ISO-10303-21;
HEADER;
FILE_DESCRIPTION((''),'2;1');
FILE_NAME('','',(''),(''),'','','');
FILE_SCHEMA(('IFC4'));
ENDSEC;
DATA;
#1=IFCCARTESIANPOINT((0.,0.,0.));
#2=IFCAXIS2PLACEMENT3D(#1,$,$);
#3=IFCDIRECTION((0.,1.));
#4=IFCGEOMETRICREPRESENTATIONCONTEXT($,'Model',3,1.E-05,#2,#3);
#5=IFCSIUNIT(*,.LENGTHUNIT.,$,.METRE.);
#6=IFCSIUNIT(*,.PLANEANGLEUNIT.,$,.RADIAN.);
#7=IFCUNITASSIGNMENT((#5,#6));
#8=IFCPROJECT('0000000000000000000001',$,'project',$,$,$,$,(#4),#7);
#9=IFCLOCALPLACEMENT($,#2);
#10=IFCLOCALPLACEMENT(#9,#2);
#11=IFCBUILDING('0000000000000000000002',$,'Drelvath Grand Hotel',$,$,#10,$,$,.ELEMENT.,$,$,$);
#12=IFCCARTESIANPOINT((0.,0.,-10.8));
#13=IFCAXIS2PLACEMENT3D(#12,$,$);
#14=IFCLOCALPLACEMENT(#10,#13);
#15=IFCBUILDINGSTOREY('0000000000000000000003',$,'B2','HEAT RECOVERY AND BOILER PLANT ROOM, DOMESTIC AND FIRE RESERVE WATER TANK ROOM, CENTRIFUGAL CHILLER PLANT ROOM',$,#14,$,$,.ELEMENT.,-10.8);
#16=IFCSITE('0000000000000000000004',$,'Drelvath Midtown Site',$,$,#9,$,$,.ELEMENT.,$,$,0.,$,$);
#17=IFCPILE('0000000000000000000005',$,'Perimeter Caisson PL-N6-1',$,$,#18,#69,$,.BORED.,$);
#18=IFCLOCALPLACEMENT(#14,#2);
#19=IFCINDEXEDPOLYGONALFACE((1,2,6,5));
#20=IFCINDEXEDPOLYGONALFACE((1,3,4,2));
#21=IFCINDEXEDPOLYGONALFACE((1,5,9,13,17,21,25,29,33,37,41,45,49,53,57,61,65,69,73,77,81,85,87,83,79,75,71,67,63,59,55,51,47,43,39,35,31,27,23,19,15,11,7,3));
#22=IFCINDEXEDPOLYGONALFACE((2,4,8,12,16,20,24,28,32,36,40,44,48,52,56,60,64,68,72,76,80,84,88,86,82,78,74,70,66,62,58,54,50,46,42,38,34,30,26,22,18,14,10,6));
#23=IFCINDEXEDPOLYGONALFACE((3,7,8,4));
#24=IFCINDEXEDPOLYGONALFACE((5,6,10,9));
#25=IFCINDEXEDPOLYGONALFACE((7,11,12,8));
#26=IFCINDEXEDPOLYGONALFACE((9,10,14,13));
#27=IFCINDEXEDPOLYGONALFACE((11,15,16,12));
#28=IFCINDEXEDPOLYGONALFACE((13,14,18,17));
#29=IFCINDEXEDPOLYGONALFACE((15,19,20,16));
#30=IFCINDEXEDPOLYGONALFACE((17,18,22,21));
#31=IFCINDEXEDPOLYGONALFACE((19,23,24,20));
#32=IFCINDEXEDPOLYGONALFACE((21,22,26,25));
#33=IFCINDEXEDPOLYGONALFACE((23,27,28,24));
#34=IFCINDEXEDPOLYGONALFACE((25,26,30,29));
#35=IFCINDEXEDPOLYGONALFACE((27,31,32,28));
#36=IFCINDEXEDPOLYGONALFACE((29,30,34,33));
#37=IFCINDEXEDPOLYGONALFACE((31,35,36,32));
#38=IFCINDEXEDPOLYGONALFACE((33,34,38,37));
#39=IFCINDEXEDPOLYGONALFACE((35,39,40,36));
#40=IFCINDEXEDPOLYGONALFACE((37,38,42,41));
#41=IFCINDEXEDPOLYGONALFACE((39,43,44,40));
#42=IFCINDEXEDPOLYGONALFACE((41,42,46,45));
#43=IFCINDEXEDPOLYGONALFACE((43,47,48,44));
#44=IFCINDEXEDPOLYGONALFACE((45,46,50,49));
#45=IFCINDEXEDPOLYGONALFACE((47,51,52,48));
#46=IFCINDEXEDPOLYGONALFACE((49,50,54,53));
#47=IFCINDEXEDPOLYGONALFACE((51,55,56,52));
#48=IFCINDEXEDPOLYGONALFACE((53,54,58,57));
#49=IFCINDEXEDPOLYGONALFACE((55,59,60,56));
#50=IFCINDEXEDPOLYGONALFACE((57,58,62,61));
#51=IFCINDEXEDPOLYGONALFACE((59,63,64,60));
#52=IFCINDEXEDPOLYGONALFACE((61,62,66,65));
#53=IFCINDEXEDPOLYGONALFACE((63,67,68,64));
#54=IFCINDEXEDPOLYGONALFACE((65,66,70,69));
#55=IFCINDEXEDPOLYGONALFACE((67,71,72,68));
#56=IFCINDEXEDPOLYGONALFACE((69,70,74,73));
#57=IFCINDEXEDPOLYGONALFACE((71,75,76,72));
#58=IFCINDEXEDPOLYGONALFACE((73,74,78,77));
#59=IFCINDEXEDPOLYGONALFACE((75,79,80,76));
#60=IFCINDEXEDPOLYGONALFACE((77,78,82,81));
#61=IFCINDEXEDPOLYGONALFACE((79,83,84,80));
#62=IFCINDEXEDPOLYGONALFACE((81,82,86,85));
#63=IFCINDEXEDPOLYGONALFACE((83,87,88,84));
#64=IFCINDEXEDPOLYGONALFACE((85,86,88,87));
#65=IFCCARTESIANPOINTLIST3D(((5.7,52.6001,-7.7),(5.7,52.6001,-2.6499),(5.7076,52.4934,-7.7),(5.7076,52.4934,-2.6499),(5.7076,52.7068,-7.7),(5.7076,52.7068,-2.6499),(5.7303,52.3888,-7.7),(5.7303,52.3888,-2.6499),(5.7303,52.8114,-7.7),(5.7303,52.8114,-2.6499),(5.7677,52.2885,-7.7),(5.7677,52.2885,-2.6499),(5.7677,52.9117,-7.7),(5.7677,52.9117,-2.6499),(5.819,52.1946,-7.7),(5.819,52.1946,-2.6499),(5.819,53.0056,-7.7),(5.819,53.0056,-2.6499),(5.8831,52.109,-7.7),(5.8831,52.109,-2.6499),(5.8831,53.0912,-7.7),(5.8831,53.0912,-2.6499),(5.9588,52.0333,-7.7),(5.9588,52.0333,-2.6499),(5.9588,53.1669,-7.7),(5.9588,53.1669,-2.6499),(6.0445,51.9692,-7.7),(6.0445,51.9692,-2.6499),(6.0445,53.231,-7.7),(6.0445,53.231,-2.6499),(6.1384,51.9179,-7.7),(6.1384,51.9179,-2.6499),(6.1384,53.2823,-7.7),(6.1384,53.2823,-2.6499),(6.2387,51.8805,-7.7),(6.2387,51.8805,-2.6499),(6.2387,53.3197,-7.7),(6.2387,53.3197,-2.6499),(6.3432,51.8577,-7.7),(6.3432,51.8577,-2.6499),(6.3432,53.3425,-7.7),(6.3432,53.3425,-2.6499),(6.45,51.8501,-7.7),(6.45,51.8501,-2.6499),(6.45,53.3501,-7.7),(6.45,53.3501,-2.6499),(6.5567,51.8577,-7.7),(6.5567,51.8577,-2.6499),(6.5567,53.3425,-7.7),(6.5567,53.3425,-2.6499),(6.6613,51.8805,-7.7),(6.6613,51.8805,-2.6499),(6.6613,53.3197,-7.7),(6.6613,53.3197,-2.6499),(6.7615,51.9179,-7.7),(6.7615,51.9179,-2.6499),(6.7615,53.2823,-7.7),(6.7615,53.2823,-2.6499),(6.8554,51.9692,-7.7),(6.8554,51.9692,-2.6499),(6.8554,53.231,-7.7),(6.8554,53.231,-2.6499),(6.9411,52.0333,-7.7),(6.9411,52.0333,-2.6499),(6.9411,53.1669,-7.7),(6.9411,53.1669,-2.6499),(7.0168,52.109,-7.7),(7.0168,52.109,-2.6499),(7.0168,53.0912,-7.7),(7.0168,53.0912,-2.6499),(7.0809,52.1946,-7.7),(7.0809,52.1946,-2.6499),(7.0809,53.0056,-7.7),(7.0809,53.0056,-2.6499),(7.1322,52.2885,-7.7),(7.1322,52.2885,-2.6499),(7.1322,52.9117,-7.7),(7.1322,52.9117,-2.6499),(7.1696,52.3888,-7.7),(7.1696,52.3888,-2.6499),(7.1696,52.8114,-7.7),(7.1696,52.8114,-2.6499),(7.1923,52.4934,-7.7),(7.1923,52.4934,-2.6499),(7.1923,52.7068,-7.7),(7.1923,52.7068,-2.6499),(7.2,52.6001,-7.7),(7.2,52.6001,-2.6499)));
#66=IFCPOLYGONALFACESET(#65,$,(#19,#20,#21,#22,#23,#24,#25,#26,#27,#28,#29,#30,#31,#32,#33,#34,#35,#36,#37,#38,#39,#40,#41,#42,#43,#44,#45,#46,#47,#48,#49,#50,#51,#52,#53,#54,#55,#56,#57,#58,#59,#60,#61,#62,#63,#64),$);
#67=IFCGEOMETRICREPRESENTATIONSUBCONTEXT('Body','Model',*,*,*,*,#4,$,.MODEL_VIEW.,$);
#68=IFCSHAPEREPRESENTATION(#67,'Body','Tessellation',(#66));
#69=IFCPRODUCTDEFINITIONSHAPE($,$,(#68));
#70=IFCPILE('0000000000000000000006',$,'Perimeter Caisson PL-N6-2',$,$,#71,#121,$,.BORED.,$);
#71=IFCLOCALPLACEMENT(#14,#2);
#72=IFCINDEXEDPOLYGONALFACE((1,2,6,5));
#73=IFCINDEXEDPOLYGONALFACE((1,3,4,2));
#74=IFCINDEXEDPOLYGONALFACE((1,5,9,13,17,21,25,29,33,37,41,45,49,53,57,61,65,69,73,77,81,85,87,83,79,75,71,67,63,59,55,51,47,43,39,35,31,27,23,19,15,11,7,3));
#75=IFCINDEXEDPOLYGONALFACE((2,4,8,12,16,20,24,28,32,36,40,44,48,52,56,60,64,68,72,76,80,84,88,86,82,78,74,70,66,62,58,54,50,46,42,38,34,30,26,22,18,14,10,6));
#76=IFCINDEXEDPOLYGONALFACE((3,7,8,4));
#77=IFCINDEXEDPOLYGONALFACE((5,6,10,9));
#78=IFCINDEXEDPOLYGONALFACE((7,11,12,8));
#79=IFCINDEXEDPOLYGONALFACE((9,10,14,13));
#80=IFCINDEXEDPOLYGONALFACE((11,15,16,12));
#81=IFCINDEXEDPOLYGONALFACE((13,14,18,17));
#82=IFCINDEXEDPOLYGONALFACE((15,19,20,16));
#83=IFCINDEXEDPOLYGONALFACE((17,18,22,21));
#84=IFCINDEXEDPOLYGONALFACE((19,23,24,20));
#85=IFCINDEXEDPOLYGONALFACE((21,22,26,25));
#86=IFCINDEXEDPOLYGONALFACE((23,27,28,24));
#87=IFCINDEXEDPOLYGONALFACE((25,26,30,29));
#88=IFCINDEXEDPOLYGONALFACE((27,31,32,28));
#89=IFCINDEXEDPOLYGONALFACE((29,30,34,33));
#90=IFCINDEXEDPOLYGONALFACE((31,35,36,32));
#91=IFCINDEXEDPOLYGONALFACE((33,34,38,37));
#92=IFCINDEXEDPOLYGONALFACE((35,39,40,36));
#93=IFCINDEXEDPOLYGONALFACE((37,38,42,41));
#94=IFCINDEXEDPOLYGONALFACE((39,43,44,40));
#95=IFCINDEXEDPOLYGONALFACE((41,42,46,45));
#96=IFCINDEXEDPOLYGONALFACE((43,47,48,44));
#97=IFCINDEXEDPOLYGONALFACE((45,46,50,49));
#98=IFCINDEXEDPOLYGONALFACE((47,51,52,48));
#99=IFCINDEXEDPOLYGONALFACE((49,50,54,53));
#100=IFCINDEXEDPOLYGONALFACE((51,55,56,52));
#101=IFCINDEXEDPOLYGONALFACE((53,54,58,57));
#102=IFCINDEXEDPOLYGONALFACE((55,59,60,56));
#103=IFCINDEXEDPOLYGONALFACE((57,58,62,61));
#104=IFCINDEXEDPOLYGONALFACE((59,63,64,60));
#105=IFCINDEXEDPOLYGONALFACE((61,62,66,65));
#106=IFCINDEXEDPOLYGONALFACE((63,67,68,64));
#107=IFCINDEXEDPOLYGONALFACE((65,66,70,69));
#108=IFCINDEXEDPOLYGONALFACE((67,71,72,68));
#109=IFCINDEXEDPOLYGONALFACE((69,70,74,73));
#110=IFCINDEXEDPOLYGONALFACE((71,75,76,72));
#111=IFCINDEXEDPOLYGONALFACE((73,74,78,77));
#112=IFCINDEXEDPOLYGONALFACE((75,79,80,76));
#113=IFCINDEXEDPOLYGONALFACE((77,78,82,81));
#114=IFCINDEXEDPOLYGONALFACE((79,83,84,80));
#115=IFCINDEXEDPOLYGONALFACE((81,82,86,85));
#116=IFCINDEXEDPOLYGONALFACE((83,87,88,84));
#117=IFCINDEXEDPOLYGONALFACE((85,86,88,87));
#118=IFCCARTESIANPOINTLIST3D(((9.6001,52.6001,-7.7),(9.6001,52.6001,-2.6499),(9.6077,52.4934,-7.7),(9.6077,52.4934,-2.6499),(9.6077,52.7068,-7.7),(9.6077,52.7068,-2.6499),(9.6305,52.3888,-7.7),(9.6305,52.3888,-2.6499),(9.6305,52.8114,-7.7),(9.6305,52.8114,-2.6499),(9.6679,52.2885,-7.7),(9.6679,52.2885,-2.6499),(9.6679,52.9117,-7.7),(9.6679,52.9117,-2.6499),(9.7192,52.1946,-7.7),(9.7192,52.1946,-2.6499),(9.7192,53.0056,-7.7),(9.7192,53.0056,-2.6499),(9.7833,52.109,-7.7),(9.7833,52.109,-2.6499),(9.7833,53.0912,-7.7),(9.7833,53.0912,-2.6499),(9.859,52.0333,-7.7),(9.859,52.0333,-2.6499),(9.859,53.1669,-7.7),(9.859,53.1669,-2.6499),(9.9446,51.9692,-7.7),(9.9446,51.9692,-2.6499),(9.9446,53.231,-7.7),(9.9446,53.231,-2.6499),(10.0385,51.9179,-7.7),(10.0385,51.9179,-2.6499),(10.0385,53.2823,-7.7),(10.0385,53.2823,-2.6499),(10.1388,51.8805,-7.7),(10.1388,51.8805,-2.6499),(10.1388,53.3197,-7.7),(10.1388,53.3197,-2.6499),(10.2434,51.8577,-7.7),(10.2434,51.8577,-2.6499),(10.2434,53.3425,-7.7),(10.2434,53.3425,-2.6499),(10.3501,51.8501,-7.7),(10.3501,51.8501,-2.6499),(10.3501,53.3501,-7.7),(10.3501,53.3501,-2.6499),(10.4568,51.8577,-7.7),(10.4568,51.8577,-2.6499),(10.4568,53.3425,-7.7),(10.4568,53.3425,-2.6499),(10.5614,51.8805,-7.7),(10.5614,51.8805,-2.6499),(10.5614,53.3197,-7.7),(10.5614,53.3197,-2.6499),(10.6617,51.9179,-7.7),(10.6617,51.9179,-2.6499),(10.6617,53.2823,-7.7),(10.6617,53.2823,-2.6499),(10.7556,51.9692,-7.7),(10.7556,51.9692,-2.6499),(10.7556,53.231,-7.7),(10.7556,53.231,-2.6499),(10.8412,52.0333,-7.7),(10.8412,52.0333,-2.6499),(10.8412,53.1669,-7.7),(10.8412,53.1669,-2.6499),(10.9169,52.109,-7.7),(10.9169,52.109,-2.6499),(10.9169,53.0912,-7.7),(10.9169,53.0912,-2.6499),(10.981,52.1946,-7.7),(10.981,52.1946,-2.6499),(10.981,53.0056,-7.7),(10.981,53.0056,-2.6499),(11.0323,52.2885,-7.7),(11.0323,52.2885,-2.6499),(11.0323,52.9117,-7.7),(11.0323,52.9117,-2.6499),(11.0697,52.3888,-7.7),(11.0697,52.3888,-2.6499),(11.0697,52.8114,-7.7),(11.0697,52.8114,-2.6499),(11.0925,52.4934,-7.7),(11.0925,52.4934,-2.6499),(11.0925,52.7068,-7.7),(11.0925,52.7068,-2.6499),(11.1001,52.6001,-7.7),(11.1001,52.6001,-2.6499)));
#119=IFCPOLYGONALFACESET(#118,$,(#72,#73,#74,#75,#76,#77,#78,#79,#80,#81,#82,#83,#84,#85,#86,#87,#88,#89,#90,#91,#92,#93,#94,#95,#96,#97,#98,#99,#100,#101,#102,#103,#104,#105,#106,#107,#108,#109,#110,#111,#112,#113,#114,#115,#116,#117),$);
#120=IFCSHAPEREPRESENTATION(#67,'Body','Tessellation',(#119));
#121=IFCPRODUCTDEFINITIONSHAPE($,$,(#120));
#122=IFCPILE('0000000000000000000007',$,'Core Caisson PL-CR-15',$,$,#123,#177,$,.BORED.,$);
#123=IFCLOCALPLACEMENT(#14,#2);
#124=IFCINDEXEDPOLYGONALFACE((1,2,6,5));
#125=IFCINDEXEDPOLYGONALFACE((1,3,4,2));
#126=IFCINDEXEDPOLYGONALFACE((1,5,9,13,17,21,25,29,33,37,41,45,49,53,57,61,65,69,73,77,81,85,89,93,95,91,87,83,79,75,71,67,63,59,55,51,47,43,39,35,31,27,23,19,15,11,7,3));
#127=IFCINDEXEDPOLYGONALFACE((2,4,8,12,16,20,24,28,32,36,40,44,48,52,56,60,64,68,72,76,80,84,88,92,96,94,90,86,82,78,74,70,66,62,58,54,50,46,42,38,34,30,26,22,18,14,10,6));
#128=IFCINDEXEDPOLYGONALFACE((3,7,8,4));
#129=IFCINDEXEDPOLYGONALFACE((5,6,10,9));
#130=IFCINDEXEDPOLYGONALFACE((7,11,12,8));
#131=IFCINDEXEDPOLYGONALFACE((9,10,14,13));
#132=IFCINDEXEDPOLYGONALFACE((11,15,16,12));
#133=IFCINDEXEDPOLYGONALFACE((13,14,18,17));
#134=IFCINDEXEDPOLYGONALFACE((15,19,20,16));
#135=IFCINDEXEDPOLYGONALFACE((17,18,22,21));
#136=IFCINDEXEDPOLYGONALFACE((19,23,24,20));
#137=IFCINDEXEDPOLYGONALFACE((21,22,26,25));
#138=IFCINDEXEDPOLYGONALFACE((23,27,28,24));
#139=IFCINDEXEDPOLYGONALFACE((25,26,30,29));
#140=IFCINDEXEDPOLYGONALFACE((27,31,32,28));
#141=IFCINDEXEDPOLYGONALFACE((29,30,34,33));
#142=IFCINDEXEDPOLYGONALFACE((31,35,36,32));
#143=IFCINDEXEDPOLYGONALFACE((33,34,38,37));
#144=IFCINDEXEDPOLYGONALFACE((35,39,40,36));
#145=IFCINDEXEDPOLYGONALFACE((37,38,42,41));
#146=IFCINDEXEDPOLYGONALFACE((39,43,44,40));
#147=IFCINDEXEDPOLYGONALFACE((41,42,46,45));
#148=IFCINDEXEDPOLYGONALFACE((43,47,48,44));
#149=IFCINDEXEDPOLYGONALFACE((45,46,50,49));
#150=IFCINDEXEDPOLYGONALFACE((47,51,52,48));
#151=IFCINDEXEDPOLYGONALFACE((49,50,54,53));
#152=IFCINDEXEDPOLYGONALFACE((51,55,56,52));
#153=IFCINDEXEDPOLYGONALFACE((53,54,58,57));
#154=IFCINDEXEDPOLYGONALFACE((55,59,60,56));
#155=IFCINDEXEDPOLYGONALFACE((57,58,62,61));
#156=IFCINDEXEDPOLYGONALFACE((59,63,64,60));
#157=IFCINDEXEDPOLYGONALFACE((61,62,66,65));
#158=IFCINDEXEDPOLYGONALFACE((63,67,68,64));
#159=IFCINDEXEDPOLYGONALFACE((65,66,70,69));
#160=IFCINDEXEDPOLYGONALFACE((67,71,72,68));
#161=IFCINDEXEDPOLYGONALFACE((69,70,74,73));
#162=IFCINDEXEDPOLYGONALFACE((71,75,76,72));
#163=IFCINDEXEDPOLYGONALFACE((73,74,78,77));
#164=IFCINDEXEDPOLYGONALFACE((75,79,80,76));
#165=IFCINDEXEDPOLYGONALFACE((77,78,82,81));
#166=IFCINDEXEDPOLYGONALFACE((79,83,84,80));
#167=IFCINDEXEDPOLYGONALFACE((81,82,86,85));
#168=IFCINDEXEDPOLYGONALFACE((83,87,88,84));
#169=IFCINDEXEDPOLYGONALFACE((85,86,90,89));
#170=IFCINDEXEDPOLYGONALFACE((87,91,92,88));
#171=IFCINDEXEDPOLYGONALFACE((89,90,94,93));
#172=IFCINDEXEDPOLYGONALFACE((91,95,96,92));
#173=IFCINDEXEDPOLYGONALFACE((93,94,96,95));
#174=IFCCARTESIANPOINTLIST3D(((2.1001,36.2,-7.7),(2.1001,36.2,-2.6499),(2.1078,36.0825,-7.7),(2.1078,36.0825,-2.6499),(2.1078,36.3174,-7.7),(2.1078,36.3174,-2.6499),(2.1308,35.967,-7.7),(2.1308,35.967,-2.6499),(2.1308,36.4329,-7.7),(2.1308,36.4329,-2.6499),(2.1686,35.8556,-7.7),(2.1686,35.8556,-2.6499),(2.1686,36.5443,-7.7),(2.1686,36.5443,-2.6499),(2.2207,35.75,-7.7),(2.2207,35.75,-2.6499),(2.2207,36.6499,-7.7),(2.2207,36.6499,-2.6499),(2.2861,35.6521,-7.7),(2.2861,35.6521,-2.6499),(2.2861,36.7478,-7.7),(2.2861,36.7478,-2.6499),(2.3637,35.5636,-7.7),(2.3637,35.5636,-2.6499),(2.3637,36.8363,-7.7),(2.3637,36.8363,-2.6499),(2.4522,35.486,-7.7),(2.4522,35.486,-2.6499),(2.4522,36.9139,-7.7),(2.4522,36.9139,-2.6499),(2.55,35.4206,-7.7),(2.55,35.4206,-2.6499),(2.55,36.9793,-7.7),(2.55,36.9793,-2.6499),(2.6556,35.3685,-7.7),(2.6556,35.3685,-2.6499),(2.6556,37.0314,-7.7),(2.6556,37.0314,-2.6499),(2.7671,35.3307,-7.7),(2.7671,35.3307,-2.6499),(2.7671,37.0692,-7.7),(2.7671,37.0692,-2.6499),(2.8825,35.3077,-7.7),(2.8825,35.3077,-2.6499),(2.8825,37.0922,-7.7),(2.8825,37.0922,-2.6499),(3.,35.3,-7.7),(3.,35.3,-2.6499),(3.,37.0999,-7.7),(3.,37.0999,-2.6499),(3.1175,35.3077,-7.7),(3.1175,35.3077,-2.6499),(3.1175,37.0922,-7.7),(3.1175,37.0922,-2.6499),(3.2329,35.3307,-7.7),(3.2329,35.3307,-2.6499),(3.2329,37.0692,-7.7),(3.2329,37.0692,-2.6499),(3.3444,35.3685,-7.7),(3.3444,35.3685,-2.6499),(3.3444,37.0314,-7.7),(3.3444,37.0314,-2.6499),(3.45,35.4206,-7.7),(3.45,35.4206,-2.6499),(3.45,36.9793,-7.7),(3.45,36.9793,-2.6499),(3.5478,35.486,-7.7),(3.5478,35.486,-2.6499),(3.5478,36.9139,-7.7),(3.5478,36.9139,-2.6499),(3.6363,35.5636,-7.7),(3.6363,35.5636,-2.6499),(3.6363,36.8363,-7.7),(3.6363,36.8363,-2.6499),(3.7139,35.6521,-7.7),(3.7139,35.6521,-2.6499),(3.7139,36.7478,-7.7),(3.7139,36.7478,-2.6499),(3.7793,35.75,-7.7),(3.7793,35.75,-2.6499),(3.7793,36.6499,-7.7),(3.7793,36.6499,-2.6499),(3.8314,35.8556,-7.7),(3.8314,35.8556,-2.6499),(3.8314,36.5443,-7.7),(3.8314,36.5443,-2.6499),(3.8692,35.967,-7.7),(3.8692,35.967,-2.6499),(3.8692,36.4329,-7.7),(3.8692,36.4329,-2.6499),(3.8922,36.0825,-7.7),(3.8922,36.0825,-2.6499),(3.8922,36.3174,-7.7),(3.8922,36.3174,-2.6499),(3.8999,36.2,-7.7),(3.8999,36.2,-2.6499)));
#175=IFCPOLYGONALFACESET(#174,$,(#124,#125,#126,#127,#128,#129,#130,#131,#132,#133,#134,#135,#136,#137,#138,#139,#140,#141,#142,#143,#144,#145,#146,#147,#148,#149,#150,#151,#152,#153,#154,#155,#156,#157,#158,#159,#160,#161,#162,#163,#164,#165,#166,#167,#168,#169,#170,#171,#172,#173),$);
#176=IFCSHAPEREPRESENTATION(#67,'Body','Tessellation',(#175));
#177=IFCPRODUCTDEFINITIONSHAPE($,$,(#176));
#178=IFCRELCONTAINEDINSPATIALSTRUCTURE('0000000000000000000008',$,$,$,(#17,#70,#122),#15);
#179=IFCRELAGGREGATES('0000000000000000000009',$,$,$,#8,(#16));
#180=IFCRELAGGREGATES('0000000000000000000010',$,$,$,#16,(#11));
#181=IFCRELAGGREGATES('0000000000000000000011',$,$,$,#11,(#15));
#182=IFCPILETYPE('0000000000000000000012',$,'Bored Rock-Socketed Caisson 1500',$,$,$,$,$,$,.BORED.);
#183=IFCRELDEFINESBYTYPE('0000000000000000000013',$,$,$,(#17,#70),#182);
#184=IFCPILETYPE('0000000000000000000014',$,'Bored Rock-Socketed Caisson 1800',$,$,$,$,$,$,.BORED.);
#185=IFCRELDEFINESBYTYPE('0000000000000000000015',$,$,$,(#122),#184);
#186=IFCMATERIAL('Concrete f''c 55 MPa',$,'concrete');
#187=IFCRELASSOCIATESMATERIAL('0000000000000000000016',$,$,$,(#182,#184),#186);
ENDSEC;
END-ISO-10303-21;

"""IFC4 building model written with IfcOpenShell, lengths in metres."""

from ifc_helpers import new_model, si_unit, direction, frame, origin, origin_2d, place, context, subcontext, project, spatial, circle, extrude, material, material_profile, profile_set, type_object, element, save


model = new_model("IFC4")

# Units and contexts
model_context = context("Model", 3, precision=1e-05, world=origin(), true_north=direction((0.0, 1.0)))
body_context = subcontext(model_context, "Body", "Model", "MODEL_VIEW")
ifc_project = project(units=[si_unit("LENGTHUNIT", "METRE"), si_unit("PLANEANGLEUNIT", "RADIAN")], contexts=[model_context])

# Site, building, storey
site_placement = place(None, origin())
site = spatial("IfcSite", under=ifc_project, at=site_placement, Name="Drelvath Midtown Site", CompositionType="ELEMENT", RefElevation=0.0)
building_placement = place(site_placement, origin())
building = spatial("IfcBuilding", under=site, at=building_placement, Name="Drelvath Grand Hotel", CompositionType="ELEMENT")
storey_placement = place(building_placement, frame((0.0, 0.0, -10.8)))
storey = spatial("IfcBuildingStorey", under=building, at=storey_placement, Name="B2", Description="HEAT RECOVERY AND BOILER PLANT ROOM, DOMESTIC AND FIRE RESERVE WATER TANK ROOM, CENTRIFUGAL CHILLER PLANT ROOM", CompositionType="ELEMENT", Elevation=-10.8)

# Piles
ifc_material_1 = material(Name="Concrete f'c 55 MPa", Category="concrete")
ifc_material_profile_1 = material_profile(ifc_material_1, circle(Radius=0.75, at=origin_2d()), Name="CAISSON1500")
ifc_profile_set_1 = profile_set([ifc_material_profile_1], Name="Concrete f'c 55 MPa")
pile_type_1 = type_object("IfcPileType", Name="Bored Rock-Socketed Caisson 1500", PredefinedType="BORED", material=ifc_profile_set_1)
for number, where, z_axis, x_axis, name in (
    (1, (6.45, 52.6001, -2.6499), (0.0, 0.0, -1.0), (1.0, 0.0, 0.0), "Perimeter Caisson PL-N6-1"),
    (2, (10.3501, 52.6001, -2.6499), (0.0, 0.0, -1.0), (1.0, 0.0, 0.0), "Perimeter Caisson PL-N6-2"),
):
    element("IfcPile", number, at=place(storey_placement, frame(where, z_axis=z_axis, x_axis=x_axis)), inside=storey, type_object=pile_type_1, Name=name, PredefinedType="BORED", context=body_context, shape_type="SweptSolid", body=[
        extrude(circle(Radius=0.75, at=origin_2d()), origin(), (0.0, 0.0, 1.0), 5.05),
    ])
ifc_material_profile_2 = material_profile(ifc_material_1, circle(Radius=0.8999, at=origin_2d()), Name="CAISSON1800")
ifc_profile_set_2 = profile_set([ifc_material_profile_2], Name="Concrete f'c 55 MPa")
pile_type_2 = type_object("IfcPileType", Name="Bored Rock-Socketed Caisson 1800", PredefinedType="BORED", material=ifc_profile_set_2)
for number, where, z_axis, x_axis, name in (
    (3, (3.0, 36.2, -2.6499), (0.0, 0.0, -1.0), (1.0, 0.0, 0.0), "Core Caisson PL-CR-15"),
):
    element("IfcPile", number, at=place(storey_placement, frame(where, z_axis=z_axis, x_axis=x_axis)), inside=storey, type_object=pile_type_2, Name=name, PredefinedType="BORED", context=body_context, shape_type="SweptSolid", body=[
        extrude(circle(Radius=0.8999, at=origin_2d()), origin(), (0.0, 0.0, 1.0), 5.05),
    ])

save(model, "model.ifc")
